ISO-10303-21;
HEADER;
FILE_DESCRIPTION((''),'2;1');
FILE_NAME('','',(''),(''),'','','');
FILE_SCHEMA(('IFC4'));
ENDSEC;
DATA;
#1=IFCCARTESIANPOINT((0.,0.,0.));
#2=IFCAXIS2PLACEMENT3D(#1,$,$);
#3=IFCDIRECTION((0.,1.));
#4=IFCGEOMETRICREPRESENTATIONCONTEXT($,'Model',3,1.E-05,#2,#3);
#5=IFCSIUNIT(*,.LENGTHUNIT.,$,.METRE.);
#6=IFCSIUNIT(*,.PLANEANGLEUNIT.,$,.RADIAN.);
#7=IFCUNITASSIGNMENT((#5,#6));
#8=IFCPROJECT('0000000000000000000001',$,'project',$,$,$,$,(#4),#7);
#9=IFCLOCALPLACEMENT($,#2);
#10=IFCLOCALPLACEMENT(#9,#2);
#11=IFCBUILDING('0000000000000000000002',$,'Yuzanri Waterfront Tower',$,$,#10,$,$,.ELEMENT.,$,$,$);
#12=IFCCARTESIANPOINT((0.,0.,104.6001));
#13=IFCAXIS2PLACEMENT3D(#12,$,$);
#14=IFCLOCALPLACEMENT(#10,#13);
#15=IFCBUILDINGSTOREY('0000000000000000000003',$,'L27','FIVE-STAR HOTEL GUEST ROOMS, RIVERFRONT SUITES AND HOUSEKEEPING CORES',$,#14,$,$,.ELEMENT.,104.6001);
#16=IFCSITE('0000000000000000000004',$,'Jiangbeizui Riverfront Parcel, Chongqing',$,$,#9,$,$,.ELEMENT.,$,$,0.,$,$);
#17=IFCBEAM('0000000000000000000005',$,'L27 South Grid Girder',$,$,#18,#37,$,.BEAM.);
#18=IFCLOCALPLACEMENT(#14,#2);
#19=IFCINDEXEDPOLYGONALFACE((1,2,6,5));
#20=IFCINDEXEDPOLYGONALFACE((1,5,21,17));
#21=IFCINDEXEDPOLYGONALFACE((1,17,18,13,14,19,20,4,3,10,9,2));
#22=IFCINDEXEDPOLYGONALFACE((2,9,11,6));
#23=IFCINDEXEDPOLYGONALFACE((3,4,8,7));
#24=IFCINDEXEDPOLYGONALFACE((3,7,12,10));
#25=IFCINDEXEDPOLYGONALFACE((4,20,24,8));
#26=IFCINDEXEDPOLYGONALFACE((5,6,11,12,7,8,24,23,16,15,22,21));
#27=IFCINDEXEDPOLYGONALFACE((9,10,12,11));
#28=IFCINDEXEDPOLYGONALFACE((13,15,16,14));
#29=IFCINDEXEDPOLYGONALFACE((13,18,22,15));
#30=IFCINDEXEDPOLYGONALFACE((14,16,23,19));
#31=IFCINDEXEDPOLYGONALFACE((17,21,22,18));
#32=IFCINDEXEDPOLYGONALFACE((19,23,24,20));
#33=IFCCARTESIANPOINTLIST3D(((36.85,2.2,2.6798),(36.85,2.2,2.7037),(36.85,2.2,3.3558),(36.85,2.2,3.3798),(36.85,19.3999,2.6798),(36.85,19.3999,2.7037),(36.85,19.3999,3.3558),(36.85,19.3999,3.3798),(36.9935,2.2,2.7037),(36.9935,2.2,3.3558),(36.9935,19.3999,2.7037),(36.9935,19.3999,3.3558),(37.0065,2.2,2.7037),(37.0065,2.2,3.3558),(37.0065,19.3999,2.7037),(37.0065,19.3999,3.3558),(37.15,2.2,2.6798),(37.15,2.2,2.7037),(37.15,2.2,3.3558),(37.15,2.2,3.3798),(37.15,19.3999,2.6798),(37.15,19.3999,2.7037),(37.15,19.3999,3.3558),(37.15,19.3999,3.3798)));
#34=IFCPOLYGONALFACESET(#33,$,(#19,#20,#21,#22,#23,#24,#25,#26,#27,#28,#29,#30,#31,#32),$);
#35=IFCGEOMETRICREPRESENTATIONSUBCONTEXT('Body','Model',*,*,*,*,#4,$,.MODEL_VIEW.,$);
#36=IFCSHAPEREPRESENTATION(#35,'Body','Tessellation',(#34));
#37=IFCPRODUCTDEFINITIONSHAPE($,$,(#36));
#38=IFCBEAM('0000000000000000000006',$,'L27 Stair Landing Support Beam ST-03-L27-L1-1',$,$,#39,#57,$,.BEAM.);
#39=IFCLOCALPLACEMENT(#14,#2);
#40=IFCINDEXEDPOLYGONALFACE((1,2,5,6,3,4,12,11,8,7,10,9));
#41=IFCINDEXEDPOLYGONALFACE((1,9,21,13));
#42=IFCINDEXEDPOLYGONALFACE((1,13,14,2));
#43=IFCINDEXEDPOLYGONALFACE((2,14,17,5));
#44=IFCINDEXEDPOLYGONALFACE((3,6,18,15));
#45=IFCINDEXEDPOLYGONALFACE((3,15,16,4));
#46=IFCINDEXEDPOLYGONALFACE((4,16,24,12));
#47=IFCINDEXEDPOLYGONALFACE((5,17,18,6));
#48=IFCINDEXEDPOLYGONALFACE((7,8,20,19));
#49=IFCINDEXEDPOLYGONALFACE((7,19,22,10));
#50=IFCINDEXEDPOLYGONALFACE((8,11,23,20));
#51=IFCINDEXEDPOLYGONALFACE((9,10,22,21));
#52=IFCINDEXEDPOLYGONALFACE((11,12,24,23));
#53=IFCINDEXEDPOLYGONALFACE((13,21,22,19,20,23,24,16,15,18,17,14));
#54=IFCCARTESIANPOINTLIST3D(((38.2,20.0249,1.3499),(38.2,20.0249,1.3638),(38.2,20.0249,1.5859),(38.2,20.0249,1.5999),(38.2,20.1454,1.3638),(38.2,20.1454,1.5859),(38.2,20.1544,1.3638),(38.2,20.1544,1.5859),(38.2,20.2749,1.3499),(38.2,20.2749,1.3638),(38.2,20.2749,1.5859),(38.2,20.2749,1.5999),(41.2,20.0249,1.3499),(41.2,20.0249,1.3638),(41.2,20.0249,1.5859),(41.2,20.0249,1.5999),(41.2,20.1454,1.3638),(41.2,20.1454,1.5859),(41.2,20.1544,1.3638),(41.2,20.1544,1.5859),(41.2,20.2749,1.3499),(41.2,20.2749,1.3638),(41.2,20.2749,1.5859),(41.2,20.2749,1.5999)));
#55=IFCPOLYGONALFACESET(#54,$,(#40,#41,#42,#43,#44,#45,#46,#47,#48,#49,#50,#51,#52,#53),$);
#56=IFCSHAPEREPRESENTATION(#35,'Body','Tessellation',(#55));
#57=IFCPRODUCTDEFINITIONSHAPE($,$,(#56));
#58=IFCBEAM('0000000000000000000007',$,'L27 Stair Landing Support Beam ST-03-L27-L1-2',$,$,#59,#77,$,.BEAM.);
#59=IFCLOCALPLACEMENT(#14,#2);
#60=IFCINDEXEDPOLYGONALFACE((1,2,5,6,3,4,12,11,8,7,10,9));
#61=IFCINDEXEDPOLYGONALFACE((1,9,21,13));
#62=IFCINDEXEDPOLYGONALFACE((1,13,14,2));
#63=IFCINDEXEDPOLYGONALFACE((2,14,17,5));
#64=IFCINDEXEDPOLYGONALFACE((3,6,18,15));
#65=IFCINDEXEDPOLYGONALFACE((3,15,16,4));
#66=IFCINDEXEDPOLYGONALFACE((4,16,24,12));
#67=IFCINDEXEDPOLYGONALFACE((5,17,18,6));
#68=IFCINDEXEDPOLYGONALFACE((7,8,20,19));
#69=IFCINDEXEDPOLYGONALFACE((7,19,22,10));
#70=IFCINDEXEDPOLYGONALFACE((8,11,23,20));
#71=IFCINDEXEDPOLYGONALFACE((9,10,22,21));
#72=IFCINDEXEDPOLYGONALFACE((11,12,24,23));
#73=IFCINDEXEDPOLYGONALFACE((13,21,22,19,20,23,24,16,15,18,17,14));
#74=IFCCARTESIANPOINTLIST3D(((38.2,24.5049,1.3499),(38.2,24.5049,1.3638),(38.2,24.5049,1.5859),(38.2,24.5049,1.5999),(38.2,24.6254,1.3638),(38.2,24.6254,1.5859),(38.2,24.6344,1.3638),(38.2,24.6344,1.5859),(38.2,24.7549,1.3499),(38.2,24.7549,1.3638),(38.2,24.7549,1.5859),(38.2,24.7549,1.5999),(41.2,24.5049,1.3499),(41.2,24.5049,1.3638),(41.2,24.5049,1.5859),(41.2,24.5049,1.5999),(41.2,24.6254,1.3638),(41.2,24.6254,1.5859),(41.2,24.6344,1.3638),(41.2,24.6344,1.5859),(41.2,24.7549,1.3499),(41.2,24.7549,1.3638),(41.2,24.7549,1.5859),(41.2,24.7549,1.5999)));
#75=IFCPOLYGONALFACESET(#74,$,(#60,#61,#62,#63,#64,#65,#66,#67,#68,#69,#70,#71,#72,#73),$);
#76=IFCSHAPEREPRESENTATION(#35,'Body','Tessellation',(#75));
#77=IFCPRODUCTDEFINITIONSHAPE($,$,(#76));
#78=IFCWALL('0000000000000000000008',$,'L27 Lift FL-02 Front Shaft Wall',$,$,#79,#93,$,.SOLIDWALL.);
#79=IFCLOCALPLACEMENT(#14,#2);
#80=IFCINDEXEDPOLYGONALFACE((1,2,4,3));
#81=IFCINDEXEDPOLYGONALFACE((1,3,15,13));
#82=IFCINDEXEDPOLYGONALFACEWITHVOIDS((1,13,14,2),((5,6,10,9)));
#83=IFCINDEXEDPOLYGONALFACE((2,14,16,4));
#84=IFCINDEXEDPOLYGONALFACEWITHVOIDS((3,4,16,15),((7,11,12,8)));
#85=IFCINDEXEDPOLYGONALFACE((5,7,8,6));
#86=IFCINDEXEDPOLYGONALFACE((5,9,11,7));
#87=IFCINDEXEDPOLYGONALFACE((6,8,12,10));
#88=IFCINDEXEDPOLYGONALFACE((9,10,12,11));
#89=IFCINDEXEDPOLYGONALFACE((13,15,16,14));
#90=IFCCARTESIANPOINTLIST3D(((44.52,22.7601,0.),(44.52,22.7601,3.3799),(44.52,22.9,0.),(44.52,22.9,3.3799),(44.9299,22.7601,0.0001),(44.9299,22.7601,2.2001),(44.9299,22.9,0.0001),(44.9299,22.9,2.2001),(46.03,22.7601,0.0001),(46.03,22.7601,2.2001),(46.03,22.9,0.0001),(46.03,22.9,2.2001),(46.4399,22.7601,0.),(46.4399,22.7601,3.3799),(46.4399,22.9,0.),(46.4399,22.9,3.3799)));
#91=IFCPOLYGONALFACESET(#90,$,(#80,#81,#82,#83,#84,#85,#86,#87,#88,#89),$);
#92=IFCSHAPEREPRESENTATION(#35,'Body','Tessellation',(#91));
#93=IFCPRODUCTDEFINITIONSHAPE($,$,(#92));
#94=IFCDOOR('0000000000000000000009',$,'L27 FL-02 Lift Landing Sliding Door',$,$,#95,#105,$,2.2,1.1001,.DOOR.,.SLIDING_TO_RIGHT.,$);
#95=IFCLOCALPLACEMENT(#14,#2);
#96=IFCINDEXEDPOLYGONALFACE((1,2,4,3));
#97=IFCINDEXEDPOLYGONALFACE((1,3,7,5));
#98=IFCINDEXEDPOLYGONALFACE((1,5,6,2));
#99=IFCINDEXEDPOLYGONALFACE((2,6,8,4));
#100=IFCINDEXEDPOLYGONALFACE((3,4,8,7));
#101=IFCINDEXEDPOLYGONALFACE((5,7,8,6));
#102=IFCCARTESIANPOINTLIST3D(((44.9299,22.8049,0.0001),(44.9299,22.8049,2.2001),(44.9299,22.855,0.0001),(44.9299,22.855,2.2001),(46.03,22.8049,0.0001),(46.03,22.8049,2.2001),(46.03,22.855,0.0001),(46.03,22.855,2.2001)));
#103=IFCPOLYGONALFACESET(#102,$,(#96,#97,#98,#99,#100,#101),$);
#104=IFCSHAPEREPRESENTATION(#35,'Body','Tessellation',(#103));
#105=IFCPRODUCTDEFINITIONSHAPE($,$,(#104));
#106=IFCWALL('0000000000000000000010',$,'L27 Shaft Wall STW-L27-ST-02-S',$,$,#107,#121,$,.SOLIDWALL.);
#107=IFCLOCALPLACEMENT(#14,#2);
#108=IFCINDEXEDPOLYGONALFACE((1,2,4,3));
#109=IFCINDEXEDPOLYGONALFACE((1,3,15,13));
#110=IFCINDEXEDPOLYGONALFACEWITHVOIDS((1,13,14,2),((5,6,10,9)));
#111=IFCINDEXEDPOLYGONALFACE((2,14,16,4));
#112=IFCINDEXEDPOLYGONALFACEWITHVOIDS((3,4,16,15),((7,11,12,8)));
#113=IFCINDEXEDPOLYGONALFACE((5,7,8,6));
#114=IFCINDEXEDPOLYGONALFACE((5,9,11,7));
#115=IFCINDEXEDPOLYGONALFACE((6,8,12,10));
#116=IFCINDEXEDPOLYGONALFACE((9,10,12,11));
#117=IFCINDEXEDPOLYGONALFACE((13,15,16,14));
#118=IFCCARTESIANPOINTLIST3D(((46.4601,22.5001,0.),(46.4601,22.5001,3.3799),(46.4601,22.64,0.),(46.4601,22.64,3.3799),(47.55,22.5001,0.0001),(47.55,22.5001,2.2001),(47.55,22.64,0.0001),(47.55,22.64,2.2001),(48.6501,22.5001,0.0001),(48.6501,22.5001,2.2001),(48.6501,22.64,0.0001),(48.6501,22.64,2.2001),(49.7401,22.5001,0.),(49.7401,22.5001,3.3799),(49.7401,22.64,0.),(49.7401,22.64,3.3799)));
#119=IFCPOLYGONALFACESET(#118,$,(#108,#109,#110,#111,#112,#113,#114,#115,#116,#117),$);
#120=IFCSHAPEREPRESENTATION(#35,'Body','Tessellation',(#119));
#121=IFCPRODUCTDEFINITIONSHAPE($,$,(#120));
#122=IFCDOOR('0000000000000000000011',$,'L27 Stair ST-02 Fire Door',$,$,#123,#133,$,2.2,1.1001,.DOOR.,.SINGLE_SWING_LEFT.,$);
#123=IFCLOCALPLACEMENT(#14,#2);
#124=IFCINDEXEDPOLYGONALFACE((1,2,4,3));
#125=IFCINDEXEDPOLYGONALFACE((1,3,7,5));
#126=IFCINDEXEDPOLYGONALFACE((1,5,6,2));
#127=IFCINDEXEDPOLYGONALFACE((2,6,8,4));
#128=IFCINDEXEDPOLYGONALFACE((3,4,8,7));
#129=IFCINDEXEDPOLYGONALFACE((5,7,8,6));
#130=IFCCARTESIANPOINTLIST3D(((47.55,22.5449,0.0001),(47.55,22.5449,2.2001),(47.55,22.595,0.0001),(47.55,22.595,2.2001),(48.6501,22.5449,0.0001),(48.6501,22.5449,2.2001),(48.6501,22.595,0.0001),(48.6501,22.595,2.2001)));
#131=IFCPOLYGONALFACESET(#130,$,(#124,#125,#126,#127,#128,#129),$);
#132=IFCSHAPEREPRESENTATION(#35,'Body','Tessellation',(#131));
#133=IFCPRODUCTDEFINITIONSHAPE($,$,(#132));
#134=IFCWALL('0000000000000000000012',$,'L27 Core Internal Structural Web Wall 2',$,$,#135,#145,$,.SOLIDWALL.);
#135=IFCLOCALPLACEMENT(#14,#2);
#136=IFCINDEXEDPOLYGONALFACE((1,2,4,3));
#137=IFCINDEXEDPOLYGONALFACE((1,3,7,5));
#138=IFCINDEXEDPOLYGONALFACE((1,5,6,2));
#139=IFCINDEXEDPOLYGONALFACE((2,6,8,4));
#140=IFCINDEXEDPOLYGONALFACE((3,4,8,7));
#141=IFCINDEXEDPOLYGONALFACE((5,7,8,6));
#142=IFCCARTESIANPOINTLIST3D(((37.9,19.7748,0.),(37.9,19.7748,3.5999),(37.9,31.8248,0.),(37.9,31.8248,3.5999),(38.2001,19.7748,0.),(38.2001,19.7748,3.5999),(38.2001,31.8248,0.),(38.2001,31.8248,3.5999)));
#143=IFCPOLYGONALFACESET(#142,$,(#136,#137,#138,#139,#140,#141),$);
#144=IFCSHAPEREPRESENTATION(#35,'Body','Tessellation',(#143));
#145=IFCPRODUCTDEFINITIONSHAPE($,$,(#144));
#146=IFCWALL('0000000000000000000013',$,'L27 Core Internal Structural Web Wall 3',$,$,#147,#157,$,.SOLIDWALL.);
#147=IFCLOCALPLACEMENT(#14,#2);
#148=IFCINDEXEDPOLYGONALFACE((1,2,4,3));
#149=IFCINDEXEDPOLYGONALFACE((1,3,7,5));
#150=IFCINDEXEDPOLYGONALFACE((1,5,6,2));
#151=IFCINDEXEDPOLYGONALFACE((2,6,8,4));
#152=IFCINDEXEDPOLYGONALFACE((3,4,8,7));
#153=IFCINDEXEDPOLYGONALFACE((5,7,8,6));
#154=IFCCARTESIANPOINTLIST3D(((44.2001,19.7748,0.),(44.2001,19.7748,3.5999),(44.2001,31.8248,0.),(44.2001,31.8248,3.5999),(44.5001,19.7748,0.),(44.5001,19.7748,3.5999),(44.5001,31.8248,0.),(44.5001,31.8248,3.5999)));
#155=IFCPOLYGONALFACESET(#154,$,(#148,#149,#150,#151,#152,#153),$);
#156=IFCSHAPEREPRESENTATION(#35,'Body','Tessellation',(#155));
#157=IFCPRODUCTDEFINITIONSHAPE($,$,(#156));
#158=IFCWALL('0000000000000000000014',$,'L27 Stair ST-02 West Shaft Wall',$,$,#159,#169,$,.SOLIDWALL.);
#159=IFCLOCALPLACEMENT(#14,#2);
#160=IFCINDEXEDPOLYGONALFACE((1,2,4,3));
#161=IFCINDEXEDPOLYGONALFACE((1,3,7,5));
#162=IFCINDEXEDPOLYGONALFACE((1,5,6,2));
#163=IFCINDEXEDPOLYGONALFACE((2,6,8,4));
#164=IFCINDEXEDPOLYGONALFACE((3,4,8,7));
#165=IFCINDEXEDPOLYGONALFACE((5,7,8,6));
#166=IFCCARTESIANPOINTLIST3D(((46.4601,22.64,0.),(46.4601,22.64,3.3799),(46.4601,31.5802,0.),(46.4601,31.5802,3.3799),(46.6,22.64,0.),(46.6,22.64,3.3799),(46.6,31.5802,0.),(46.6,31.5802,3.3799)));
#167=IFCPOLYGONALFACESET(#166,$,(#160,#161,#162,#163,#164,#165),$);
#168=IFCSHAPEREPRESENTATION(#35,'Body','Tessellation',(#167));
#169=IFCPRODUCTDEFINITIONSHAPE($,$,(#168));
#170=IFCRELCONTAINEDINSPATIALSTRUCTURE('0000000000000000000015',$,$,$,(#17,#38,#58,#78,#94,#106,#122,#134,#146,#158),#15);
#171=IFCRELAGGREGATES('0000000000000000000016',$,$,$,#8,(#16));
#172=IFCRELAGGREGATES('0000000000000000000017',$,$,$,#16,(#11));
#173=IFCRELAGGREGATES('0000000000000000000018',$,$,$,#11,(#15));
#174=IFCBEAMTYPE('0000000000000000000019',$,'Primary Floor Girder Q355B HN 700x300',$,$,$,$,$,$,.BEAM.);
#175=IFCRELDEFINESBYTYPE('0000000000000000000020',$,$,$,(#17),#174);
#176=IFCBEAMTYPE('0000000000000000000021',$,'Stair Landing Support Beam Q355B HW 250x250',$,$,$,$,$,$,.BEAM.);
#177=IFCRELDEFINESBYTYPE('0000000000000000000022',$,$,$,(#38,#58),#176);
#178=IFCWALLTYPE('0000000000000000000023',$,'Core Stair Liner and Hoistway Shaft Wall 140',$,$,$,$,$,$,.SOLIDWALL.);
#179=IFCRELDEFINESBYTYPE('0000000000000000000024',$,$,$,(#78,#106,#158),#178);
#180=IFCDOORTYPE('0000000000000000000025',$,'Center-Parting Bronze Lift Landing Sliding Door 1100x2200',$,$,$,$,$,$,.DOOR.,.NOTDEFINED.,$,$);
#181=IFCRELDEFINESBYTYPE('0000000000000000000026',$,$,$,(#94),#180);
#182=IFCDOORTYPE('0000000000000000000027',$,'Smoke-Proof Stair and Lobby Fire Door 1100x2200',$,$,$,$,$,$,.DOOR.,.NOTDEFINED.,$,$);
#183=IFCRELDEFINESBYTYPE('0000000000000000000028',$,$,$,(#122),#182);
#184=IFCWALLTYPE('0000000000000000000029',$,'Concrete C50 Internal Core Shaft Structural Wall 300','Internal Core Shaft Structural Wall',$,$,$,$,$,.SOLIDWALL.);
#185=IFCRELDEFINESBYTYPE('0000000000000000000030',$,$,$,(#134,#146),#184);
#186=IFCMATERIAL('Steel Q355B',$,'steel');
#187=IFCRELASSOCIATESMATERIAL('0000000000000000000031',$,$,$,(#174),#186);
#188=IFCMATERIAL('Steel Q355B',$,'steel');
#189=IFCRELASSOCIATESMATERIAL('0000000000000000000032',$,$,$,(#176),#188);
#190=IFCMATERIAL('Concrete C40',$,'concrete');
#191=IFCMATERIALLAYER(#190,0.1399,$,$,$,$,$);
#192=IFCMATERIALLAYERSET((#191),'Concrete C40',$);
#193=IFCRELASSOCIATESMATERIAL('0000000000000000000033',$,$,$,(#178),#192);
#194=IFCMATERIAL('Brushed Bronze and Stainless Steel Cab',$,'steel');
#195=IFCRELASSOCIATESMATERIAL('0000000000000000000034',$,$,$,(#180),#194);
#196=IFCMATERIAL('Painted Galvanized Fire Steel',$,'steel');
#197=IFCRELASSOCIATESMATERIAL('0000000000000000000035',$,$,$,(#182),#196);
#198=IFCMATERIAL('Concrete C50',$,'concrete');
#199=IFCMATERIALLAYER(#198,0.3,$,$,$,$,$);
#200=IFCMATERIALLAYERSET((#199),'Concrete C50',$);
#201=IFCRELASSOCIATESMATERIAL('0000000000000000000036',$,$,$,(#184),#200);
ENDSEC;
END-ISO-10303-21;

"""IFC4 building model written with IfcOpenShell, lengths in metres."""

from ifc_helpers import new_model, si_unit, direction, frame, frame_2d, origin, origin_2d, place, context, subcontext, project, spatial, rectangle, i_section, extrude, source, transform, mapped, material, layer, layer_set, material_profile, profile_set, type_object, element, fill, save


model = new_model("IFC4")

# Units and contexts
model_context = context("Model", 3, precision=1e-05, world=origin(), true_north=direction((0.0, 1.0)))
body_context = subcontext(model_context, "Body", "Model", "MODEL_VIEW")
ifc_project = project(units=[si_unit("LENGTHUNIT", "METRE"), si_unit("PLANEANGLEUNIT", "RADIAN")], contexts=[model_context])

# Site, building, storey
site_placement = place(None, origin())
site = spatial("IfcSite", under=ifc_project, at=site_placement, Name="Jiangbeizui Riverfront Parcel, Chongqing", CompositionType="ELEMENT", RefElevation=0.0)
building_placement = place(site_placement, origin())
building = spatial("IfcBuilding", under=site, at=building_placement, Name="Yuzanri Waterfront Tower", CompositionType="ELEMENT")
storey_placement = place(building_placement, frame((0.0, 0.0, 104.6001)))
storey = spatial("IfcBuildingStorey", under=building, at=storey_placement, Name="L27", Description="FIVE-STAR HOTEL GUEST ROOMS, RIVERFRONT SUITES AND HOUSEKEEPING CORES", CompositionType="ELEMENT", Elevation=104.6001)

# Beams
ifc_material_1 = material(Name="Steel Q355B", Category="steel")
ifc_material_profile_1 = material_profile(ifc_material_1, i_section(OverallWidth=0.3, OverallDepth=0.7, WebThickness=0.0129, FlangeThickness=0.0239, at=origin_2d()), Name="HN 700x300x13x24")
ifc_profile_set_1 = profile_set([ifc_material_profile_1], Name="Steel Q355B")
beam_type_1 = type_object("IfcBeamType", Name="Primary Floor Girder Q355B HN 700x300", PredefinedType="BEAM", material=ifc_profile_set_1)
shared_shape_1 = source(origin(), body_context, "Body", "SweptSolid", [
    extrude(i_section(OverallWidth=0.3, OverallDepth=0.7, WebThickness=0.0129, FlangeThickness=0.0239, at=origin_2d()), origin(), (0.0, 0.0, 1.0), 17.2),
])
beam_placement = place(storey_placement, frame((37.0, 19.3999, 3.0298), z_axis=(0.0, -1.0, 0.0), x_axis=(1.0, 0.0, 0.0)))
element("IfcBeam", 1, at=beam_placement, inside=storey, type_object=beam_type_1, Name="L27 South Grid Girder", PredefinedType="BEAM", context=body_context, shape_type="MappedRepresentation", body=[
    mapped(shared_shape_1, transform((0.0, 0.0, 0.0), scale=1.0)),
])
ifc_material_2 = material(Name="Steel Q355B", Category="steel")
ifc_material_profile_2 = material_profile(ifc_material_2, i_section(OverallWidth=0.25, OverallDepth=0.25, WebThickness=0.009, FlangeThickness=0.0139, at=origin_2d()), Name="HW 250x250x9x14")
ifc_profile_set_2 = profile_set([ifc_material_profile_2], Name="Steel Q355B")
beam_type_2 = type_object("IfcBeamType", Name="Stair Landing Support Beam Q355B HW 250x250", PredefinedType="BEAM", material=ifc_profile_set_2)
shared_shape_2 = source(origin(), body_context, "Body", "SweptSolid", [
    extrude(i_section(OverallWidth=0.25, OverallDepth=0.25, WebThickness=0.009, FlangeThickness=0.0139, at=origin_2d()), origin(), (0.0, 0.0, 1.0), 3.0),
])
for number, where, z_axis, x_axis, name in (
    (2, (38.2, 20.1499, 1.4749), (1.0, 0.0, 0.0), (0.0, 1.0, 0.0), "L27 Stair Landing Support Beam ST-03-L27-L1-1"),
    (3, (38.2, 24.6299, 1.4749), (1.0, 0.0, 0.0), (0.0, 1.0, 0.0), "L27 Stair Landing Support Beam ST-03-L27-L1-2"),
):
    element("IfcBeam", number, at=place(storey_placement, frame(where, z_axis=z_axis, x_axis=x_axis)), inside=storey, type_object=beam_type_2, Name=name, PredefinedType="BEAM", context=body_context, shape_type="MappedRepresentation", body=[
        mapped(shared_shape_2, transform((0.0, 0.0, 0.0), scale=1.0)),
    ])

# Walls, openings, doors
ifc_material_3 = material(Name="Concrete C40", Category="concrete")
ifc_layer_1 = layer(ifc_material_3, 0.1399)
ifc_layer_set_1 = layer_set([ifc_layer_1], Name="Concrete C40")
wall_type_1 = type_object("IfcWallType", Name="Core Stair Liner and Hoistway Shaft Wall 140", PredefinedType="SOLIDWALL", material=ifc_layer_set_1)
wall_1_placement = place(storey_placement, frame((44.52, 22.8301, 0.0), z_axis=(0.0, 0.0, 1.0), x_axis=(1.0, 0.0, 0.0)))
wall_1 = element("IfcWall", 4, at=wall_1_placement, inside=storey, type_object=wall_type_1, Name="L27 Lift FL-02 Front Shaft Wall", PredefinedType="SOLIDWALL", context=body_context, shape_type="SweptSolid", body=[
    extrude(rectangle(XDim=1.9199, YDim=0.1399, at=frame_2d((0.96, 0.0))), origin(), (0.0, 0.0, 1.0), 3.3799),
])
opening_1_placement = place(wall_1_placement, frame((0.4099, 0.0, 0.0)))
opening_1 = element("IfcOpeningElement", 5, at=opening_1_placement, cuts=wall_1, PredefinedType="OPENING", context=body_context, shape_type="SweptSolid", body=[
    extrude(rectangle(XDim=1.1001, YDim=2.2, at=frame_2d((0.55, 1.1001))), frame((0.0, 0.085, 0.0), z_axis=(0.0, -1.0, 0.0), x_axis=(1.0, 0.0, 0.0)), (0.0, 0.0, 1.0), 0.1697),
])
ifc_material_4 = material(Name="Brushed Bronze and Stainless Steel Cab", Category="steel")
door_type_1 = type_object("IfcDoorType", Name="Center-Parting Bronze Lift Landing Sliding Door 1100x2200", OperationType="NOTDEFINED", PredefinedType="DOOR", material=ifc_material_4)
shared_shape_3 = source(origin(), body_context, "Body", "SweptSolid", [
    extrude(rectangle(XDim=1.1001, YDim=2.2, at=frame_2d((0.55, 1.1001))), frame((0.0, 0.0249, 0.0), z_axis=(0.0, -1.0, 0.0), x_axis=(1.0, 0.0, 0.0)), (0.0, 0.0, 1.0), 0.05),
])
door_1_placement = place(opening_1_placement, origin())
door_1 = element("IfcDoor", 6, at=door_1_placement, inside=storey, type_object=door_type_1, Name="L27 FL-02 Lift Landing Sliding Door", OperationType="SLIDING_TO_RIGHT", OverallHeight=2.2, OverallWidth=1.1001, PredefinedType="DOOR", context=body_context, shape_type="MappedRepresentation", body=[
    mapped(shared_shape_3, transform((0.0, 0.0, 0.0), scale=1.0)),
])
fill(opening_1, door_1)
wall_2_placement = place(storey_placement, frame((46.46, 22.5701, 0.0), z_axis=(0.0, 0.0, 1.0), x_axis=(1.0, 0.0, 0.0)))
wall_2 = element("IfcWall", 7, at=wall_2_placement, inside=storey, type_object=wall_type_1, Name="L27 Shaft Wall STW-L27-ST-02-S", PredefinedType="SOLIDWALL", context=body_context, shape_type="SweptSolid", body=[
    extrude(rectangle(XDim=3.28, YDim=0.1399, at=frame_2d((1.6401, 0.0))), origin(), (0.0, 0.0, 1.0), 3.3799),
])
opening_2_placement = place(wall_2_placement, frame((1.0901, 0.0, 0.0)))
opening_2 = element("IfcOpeningElement", 8, at=opening_2_placement, cuts=wall_2, PredefinedType="OPENING", context=body_context, shape_type="SweptSolid", body=[
    extrude(rectangle(XDim=1.1001, YDim=2.2, at=frame_2d((0.55, 1.1001))), frame((0.0, 0.085, 0.0), z_axis=(0.0, -1.0, 0.0), x_axis=(1.0, 0.0, 0.0)), (0.0, 0.0, 1.0), 0.1697),
])
ifc_material_5 = material(Name="Painted Galvanized Fire Steel", Category="steel")
door_type_2 = type_object("IfcDoorType", Name="Smoke-Proof Stair and Lobby Fire Door 1100x2200", OperationType="NOTDEFINED", PredefinedType="DOOR", material=ifc_material_5)
shared_shape_4 = source(origin(), body_context, "Body", "SweptSolid", [
    extrude(rectangle(XDim=1.1001, YDim=2.2, at=frame_2d((0.55, 1.1001))), frame((0.0, 0.0249, 0.0), z_axis=(0.0, -1.0, 0.0), x_axis=(1.0, 0.0, 0.0)), (0.0, 0.0, 1.0), 0.05),
])
door_2_placement = place(opening_2_placement, origin())
door_2 = element("IfcDoor", 9, at=door_2_placement, inside=storey, type_object=door_type_2, Name="L27 Stair ST-02 Fire Door", OperationType="SINGLE_SWING_LEFT", OverallHeight=2.2, OverallWidth=1.1001, PredefinedType="DOOR", context=body_context, shape_type="MappedRepresentation", body=[
    mapped(shared_shape_4, transform((0.0, 0.0, 0.0), scale=1.0)),
])
fill(opening_2, door_2)

# Walls
ifc_material_6 = material(Name="Concrete C50", Category="concrete")
ifc_layer_2 = layer(ifc_material_6, 0.3)
ifc_layer_set_2 = layer_set([ifc_layer_2], Name="Concrete C50")
wall_type_2 = type_object("IfcWallType", Name="Concrete C50 Internal Core Shaft Structural Wall 300", Description="Internal Core Shaft Structural Wall", PredefinedType="SOLIDWALL", material=ifc_layer_set_2)
shared_shape_5 = source(origin(), body_context, "Body", "SweptSolid", [
    extrude(rectangle(XDim=12.05, YDim=0.3, at=frame_2d((6.0249, 0.0))), origin(), (0.0, 0.0, 1.0), 3.5999),
])
for number, where, z_axis, x_axis, name in (
    (10, (38.05, 19.7749, 0.0), (0.0, 0.0, 1.0), (0.0, 1.0, 0.0), "L27 Core Internal Structural Web Wall 2"),
    (11, (44.3501, 19.7749, 0.0), (0.0, 0.0, 1.0), (0.0, 1.0, 0.0), "L27 Core Internal Structural Web Wall 3"),
):
    element("IfcWall", number, at=place(storey_placement, frame(where, z_axis=z_axis, x_axis=x_axis)), inside=storey, type_object=wall_type_2, Name=name, PredefinedType="SOLIDWALL", context=body_context, shape_type="MappedRepresentation", body=[
        mapped(shared_shape_5, transform((0.0, 0.0, 0.0), scale=1.0)),
    ])
shared_shape_6 = source(origin(), body_context, "Body", "SweptSolid", [
    extrude(rectangle(XDim=8.9402, YDim=0.1399, at=frame_2d((4.4702, 0.0))), origin(), (0.0, 0.0, 1.0), 3.3799),
])
wall_3_placement = place(storey_placement, frame((46.53, 22.6399, 0.0), z_axis=(0.0, 0.0, 1.0), x_axis=(0.0, 1.0, 0.0)))
element("IfcWall", 12, at=wall_3_placement, inside=storey, type_object=wall_type_1, Name="L27 Stair ST-02 West Shaft Wall", PredefinedType="SOLIDWALL", context=body_context, shape_type="MappedRepresentation", body=[
    mapped(shared_shape_6, transform((0.0, 0.0, 0.0), scale=1.0)),
])

save(model, "model.ifc")
